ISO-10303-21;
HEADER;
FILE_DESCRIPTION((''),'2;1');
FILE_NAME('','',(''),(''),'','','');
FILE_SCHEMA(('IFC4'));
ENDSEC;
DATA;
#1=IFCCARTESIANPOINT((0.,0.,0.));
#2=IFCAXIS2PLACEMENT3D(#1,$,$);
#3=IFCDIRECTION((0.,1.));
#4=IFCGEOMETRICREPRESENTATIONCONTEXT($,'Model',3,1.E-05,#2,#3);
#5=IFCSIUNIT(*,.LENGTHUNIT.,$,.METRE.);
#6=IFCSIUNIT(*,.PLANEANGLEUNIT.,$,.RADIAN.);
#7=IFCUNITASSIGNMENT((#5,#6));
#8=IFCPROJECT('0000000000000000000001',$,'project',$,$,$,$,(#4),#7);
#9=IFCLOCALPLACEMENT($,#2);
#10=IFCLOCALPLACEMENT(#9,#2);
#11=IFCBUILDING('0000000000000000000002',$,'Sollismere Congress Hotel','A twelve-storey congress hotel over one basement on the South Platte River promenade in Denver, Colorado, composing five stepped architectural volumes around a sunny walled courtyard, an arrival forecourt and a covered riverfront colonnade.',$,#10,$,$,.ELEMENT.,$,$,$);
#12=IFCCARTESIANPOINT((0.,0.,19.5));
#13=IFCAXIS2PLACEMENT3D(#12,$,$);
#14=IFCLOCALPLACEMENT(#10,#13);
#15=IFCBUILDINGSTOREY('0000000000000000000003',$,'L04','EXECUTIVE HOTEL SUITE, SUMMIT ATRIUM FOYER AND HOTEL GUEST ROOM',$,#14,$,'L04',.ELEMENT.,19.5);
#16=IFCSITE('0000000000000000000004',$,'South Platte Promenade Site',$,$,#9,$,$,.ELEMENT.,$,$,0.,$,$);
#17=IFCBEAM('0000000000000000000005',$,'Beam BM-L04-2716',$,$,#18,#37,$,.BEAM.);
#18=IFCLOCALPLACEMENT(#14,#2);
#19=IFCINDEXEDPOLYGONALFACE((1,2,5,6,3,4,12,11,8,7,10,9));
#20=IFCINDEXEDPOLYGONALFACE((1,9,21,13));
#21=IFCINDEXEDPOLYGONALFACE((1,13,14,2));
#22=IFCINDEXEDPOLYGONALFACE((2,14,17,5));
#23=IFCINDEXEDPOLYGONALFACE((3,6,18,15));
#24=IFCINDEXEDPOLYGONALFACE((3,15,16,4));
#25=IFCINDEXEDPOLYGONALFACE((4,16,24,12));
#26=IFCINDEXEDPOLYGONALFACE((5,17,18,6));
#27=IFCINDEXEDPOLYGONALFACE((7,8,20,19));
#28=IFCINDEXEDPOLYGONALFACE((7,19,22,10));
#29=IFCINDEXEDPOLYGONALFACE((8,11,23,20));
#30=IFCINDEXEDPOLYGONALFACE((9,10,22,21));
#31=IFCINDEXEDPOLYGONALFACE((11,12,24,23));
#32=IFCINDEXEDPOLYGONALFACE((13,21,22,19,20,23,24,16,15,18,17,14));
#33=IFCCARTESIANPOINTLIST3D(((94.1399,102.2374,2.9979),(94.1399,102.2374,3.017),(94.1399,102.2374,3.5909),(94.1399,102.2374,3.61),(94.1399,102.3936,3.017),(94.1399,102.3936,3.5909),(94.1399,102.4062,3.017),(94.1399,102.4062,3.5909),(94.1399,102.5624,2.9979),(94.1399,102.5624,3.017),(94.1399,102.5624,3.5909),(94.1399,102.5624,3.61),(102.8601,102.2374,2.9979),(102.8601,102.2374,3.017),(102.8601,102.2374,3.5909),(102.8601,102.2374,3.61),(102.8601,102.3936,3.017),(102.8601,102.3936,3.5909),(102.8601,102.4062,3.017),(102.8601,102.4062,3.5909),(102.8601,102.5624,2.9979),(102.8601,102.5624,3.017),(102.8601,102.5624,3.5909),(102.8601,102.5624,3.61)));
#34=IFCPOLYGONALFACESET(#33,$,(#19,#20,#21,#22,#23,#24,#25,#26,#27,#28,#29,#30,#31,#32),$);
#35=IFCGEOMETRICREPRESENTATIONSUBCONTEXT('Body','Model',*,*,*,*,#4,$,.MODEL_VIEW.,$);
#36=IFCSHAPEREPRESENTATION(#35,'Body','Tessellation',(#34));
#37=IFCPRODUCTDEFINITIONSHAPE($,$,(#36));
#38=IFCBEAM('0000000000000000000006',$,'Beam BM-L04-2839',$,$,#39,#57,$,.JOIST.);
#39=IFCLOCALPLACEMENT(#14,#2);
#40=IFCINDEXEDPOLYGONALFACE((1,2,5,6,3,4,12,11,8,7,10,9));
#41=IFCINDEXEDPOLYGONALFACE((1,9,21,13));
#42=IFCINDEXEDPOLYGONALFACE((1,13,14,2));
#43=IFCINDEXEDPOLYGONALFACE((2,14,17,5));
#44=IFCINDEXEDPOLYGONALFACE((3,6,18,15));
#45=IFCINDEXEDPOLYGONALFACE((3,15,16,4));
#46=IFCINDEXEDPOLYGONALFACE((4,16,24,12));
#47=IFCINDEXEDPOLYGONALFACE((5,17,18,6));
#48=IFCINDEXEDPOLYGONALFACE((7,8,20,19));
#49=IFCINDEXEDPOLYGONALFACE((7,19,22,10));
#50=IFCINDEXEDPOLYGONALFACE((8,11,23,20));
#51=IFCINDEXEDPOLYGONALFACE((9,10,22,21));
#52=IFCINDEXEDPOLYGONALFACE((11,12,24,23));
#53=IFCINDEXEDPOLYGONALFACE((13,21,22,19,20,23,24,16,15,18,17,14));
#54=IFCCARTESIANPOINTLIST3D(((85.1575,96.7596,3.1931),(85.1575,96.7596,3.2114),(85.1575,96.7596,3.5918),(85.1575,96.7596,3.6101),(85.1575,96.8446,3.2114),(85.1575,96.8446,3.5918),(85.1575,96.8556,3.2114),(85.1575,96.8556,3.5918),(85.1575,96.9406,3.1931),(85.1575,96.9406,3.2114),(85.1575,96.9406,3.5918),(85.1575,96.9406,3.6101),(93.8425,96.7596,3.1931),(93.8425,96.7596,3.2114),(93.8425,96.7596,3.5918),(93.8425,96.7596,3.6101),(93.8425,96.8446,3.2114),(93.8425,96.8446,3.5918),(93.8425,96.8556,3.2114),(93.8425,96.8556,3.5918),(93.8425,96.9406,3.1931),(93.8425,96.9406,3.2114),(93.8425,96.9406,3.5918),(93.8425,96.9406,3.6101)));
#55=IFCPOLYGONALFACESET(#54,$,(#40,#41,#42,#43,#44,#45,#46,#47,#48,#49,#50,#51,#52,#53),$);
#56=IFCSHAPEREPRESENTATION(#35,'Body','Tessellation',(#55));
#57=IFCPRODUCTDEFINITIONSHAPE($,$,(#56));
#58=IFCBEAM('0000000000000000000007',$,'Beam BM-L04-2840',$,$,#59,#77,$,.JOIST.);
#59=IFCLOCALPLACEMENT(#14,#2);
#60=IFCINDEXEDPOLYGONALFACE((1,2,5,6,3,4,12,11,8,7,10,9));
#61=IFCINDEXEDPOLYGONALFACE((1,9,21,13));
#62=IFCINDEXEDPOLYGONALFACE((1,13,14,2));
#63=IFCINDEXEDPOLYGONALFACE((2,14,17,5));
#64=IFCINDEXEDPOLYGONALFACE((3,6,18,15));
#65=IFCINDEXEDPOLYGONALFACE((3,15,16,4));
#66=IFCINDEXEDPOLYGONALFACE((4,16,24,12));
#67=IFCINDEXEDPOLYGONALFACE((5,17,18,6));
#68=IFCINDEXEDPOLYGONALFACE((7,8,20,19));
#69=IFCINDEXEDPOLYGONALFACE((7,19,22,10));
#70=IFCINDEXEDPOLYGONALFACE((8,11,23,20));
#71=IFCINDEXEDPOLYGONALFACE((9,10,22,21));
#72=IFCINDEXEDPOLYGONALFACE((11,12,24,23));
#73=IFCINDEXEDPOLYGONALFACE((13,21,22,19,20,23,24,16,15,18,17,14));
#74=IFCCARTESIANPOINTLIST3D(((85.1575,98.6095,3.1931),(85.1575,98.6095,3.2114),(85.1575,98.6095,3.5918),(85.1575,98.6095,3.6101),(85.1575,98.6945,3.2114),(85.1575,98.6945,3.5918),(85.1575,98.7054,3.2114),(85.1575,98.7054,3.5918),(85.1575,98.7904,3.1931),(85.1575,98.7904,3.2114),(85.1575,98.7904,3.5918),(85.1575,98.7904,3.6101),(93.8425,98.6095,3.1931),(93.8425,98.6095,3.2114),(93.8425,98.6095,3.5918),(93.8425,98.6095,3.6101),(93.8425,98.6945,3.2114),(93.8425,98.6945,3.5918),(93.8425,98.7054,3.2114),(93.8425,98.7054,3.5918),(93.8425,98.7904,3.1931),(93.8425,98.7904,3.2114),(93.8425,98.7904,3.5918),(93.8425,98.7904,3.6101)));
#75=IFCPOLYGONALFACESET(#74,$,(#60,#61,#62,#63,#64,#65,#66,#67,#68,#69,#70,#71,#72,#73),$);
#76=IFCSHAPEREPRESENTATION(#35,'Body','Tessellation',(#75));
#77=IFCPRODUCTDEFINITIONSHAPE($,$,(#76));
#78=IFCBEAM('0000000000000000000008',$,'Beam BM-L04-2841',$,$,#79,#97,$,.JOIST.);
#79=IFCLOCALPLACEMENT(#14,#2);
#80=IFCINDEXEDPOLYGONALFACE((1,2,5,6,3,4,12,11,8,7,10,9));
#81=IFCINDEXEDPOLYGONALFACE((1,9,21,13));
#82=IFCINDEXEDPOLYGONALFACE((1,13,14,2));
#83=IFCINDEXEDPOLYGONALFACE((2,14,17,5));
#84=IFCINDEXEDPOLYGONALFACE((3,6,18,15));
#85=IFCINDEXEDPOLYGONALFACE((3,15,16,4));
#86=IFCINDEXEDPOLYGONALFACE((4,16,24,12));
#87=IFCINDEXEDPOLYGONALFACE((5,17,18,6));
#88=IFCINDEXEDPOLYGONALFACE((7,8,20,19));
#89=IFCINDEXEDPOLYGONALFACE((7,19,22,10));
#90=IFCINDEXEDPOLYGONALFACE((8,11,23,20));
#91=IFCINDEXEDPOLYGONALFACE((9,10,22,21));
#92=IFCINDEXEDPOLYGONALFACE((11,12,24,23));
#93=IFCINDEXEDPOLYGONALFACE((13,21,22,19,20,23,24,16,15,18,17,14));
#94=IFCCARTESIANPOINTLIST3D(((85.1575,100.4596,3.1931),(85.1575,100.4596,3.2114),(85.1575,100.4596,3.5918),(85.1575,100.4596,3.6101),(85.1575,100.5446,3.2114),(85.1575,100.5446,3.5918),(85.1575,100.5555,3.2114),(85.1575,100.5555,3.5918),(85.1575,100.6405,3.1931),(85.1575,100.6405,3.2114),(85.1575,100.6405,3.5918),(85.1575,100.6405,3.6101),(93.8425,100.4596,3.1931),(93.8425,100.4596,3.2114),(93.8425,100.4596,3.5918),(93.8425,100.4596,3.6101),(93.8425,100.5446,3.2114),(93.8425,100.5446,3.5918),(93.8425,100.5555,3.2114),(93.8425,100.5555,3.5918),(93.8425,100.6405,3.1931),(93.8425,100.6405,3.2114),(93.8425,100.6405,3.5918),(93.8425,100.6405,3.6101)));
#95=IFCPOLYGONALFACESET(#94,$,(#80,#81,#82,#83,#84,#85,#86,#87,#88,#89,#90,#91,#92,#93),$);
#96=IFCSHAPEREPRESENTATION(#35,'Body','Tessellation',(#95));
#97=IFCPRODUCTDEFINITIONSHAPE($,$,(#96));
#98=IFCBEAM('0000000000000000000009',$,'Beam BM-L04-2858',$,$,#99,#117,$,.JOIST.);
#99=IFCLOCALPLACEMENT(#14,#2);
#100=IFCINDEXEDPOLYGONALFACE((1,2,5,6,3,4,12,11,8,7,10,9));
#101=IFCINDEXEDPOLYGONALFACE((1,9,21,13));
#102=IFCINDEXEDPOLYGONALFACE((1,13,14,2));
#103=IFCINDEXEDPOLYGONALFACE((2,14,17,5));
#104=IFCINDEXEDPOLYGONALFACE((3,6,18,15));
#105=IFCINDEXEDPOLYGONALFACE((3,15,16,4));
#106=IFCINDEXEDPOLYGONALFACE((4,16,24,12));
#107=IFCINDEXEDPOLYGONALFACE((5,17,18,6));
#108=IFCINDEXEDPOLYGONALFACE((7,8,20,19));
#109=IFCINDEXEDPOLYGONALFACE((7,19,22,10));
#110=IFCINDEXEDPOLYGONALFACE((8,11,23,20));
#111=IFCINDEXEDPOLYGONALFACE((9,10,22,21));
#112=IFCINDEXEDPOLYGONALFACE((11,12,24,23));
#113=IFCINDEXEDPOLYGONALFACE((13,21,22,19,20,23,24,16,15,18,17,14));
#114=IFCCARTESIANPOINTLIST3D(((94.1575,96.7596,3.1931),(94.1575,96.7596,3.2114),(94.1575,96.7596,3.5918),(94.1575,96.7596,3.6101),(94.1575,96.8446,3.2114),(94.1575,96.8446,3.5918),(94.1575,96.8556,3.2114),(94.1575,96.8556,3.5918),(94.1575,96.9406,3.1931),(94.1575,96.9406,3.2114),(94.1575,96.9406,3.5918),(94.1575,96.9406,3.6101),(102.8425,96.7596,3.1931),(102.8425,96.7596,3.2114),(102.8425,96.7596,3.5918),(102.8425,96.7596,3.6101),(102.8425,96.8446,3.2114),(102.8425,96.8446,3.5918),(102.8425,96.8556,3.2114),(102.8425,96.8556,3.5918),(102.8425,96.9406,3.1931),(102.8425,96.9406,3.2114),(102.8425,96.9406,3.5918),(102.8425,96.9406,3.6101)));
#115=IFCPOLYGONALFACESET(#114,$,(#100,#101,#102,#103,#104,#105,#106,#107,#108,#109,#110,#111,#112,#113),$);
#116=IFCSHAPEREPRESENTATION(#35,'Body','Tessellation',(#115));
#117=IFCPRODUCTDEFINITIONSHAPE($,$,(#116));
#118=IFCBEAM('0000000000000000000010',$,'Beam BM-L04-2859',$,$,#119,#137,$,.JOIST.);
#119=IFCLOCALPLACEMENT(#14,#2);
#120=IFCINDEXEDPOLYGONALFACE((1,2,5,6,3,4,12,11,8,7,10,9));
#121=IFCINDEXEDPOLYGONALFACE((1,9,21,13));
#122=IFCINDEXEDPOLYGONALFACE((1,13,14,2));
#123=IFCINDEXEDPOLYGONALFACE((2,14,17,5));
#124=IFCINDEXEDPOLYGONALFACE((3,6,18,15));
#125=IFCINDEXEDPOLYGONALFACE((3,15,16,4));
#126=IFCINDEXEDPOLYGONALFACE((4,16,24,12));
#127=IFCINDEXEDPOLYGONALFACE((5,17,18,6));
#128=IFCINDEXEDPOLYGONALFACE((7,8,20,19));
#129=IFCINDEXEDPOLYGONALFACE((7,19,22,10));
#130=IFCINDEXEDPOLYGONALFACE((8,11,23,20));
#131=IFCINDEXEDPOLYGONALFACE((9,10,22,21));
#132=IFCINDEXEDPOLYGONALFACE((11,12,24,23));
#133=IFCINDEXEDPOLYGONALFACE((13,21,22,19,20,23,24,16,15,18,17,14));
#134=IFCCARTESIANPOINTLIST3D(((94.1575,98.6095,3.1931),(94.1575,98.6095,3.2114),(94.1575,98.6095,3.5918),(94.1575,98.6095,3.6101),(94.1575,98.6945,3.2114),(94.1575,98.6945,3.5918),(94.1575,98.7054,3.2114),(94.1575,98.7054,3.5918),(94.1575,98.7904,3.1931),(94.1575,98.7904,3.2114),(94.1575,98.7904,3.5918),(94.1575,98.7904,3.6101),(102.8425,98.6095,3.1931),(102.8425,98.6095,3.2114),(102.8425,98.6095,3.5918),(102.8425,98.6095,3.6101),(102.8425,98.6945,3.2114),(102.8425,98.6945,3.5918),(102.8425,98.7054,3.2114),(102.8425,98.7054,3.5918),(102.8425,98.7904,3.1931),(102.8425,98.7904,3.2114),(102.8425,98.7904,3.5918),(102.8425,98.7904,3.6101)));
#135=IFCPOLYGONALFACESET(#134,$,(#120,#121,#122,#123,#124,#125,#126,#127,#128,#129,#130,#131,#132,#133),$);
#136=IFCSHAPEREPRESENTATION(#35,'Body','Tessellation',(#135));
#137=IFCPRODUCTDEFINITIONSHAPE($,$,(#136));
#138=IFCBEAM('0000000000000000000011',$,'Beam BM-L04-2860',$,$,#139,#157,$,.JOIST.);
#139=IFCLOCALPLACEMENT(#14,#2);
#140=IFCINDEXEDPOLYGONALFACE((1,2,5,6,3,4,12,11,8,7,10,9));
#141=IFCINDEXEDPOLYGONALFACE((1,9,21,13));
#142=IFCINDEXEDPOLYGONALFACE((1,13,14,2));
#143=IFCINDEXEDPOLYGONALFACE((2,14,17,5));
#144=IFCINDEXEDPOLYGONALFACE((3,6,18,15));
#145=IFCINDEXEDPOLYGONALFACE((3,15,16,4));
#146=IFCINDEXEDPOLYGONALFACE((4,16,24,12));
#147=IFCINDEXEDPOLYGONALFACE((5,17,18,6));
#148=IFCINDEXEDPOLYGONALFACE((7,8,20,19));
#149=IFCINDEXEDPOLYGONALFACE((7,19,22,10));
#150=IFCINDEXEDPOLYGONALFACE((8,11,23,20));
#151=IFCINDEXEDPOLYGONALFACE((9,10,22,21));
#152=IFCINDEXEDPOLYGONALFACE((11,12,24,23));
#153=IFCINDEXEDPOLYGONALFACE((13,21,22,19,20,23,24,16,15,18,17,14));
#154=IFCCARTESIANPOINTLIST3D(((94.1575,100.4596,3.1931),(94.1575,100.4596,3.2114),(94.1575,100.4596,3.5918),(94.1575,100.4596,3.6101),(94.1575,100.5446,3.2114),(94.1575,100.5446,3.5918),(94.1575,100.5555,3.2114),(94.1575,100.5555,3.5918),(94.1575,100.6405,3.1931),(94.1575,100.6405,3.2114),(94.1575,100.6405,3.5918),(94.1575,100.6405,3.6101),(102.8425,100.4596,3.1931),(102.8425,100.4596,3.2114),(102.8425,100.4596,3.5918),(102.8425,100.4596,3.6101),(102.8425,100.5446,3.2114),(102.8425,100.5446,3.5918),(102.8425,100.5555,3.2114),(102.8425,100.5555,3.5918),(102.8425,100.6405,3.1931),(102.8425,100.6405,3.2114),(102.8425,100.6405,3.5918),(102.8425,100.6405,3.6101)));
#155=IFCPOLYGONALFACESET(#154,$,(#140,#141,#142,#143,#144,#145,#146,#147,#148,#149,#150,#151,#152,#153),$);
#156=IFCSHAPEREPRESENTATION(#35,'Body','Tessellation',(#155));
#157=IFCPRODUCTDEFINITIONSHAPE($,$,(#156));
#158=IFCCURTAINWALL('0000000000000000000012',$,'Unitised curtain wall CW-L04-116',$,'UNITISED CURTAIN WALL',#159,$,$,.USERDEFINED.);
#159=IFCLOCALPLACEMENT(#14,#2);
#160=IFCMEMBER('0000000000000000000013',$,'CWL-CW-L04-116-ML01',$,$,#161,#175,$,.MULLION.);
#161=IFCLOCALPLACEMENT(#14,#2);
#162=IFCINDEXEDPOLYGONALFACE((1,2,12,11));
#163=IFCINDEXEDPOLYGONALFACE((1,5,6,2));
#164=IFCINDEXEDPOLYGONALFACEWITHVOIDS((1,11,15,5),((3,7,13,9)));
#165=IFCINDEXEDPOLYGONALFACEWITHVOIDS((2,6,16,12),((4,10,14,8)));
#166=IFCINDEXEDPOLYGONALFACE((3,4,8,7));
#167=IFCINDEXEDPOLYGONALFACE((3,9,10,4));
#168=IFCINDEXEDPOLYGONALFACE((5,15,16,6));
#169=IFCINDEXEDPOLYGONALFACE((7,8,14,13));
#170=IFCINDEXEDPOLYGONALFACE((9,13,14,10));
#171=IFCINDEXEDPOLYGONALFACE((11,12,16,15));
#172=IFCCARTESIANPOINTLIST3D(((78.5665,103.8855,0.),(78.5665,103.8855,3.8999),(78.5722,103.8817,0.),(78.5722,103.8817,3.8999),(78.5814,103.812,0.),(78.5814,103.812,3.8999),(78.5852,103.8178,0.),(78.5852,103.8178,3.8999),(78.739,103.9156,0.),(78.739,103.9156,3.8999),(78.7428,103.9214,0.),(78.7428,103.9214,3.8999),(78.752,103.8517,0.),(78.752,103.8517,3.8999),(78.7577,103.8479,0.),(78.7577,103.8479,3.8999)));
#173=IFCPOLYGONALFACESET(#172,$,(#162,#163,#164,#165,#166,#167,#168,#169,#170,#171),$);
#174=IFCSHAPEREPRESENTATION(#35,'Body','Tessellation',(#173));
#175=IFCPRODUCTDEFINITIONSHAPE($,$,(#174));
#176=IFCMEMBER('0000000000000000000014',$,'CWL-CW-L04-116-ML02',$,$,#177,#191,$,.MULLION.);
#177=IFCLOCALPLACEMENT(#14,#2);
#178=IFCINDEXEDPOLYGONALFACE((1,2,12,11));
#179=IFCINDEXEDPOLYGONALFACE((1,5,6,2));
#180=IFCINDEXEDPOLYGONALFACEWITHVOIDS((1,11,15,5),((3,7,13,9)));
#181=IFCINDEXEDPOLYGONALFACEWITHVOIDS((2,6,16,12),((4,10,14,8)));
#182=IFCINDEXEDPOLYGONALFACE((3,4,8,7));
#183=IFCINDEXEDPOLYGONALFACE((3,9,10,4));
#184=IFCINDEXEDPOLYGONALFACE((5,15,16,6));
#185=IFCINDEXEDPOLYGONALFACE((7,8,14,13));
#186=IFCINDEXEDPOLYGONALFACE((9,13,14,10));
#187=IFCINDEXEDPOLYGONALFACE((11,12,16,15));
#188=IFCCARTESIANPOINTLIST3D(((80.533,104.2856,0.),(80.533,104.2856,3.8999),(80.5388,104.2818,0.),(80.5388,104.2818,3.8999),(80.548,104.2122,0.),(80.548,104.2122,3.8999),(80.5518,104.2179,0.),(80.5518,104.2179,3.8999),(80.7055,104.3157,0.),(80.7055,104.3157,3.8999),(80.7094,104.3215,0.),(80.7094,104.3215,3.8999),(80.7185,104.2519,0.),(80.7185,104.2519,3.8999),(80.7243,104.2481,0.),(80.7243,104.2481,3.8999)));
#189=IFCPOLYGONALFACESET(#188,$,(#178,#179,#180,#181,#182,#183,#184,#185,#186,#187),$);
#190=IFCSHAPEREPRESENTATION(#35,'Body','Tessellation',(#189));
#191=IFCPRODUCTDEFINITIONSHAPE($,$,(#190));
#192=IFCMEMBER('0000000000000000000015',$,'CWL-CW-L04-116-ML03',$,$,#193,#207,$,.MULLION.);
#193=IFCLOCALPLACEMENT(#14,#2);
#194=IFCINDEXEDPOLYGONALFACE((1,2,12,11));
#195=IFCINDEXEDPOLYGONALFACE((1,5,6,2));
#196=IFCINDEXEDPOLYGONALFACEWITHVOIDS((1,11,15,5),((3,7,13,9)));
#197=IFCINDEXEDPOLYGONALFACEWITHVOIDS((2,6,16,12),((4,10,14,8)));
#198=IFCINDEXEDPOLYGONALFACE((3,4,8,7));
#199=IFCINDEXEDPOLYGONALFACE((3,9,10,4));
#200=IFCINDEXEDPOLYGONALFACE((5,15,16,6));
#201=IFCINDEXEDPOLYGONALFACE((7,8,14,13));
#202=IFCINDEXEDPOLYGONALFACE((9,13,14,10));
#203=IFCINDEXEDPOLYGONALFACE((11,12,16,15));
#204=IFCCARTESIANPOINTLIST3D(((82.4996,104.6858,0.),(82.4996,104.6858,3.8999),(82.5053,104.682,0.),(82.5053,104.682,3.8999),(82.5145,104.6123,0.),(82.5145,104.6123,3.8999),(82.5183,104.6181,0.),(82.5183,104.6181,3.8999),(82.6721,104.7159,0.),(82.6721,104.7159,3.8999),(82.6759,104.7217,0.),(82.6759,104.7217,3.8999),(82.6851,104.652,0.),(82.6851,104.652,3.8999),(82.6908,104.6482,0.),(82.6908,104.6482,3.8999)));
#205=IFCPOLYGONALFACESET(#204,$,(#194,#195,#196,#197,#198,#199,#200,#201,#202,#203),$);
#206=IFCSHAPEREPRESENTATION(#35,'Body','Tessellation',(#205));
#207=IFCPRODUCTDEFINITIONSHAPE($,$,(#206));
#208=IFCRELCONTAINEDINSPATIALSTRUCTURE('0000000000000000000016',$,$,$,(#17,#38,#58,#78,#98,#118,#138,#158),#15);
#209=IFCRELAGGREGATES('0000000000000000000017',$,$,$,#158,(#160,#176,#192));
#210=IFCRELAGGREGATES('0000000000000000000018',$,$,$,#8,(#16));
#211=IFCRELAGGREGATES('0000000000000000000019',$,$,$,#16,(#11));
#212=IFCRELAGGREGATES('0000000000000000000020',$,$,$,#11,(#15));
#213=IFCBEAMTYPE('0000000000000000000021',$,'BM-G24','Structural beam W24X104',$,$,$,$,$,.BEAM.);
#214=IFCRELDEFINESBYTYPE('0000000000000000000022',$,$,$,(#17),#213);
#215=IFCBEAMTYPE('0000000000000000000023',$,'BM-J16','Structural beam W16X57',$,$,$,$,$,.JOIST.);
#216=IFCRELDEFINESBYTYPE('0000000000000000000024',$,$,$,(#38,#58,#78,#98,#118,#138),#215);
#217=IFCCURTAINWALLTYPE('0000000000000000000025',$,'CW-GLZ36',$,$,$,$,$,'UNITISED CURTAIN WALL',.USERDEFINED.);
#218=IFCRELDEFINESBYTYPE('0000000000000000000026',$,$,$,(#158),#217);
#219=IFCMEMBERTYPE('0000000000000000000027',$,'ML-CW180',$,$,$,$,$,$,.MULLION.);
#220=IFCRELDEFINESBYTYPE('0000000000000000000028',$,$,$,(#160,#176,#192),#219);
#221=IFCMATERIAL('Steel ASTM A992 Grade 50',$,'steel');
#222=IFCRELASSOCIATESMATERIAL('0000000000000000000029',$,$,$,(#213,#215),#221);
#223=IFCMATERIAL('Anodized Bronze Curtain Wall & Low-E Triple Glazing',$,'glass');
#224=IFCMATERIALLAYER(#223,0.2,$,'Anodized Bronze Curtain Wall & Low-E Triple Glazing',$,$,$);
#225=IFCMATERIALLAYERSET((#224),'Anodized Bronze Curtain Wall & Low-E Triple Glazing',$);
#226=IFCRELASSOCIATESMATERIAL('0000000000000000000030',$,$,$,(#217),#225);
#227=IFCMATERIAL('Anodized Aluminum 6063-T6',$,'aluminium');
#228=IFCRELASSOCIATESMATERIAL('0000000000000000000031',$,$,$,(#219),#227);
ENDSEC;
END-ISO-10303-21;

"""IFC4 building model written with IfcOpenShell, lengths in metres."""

from ifc_helpers import new_model, si_unit, direction, frame, origin, origin_2d, place, context, subcontext, project, spatial, hollow_rectangle, i_section, extrude, material, layer, layer_set, material_profile, profile_set, type_object, element, aggregate, save


model = new_model("IFC4")

# Units and contexts
model_context = context("Model", 3, precision=1e-05, world=origin(), true_north=direction((0.0, 1.0)))
body_context = subcontext(model_context, "Body", "Model", "MODEL_VIEW")
ifc_project = project(units=[si_unit("LENGTHUNIT", "METRE"), si_unit("PLANEANGLEUNIT", "RADIAN")], contexts=[model_context])

# Site, building, storey
site_placement = place(None, origin())
site = spatial("IfcSite", under=ifc_project, at=site_placement, Name="South Platte Promenade Site", CompositionType="ELEMENT", RefElevation=0.0)
building_placement = place(site_placement, origin())
building = spatial("IfcBuilding", under=site, at=building_placement, Name="Sollismere Congress Hotel", Description="A twelve-storey congress hotel over one basement on the South Platte River promenade in Denver, Colorado, composing five stepped architectural volumes around a sunny walled courtyard, an arrival forecourt and a covered riverfront colonnade.", CompositionType="ELEMENT")
storey_placement = place(building_placement, frame((0.0, 0.0, 19.5)))
storey = spatial("IfcBuildingStorey", under=building, at=storey_placement, Name="L04", Description="EXECUTIVE HOTEL SUITE, SUMMIT ATRIUM FOYER AND HOTEL GUEST ROOM", LongName="L04", CompositionType="ELEMENT", Elevation=19.5)

# Shared definitions
ifc_material_1 = material(Name="Steel ASTM A992 Grade 50", Category="steel")

# Beams
ifc_material_profile_1 = material_profile(ifc_material_1, i_section(OverallWidth=0.325, OverallDepth=0.6121, WebThickness=0.0127, FlangeThickness=0.019, at=origin_2d()), Name="W24X104")
ifc_profile_set_1 = profile_set([ifc_material_profile_1], Name="Steel ASTM A992 Grade 50")
beam_type_1 = type_object("IfcBeamType", Name="BM-G24", Description="Structural beam W24X104", PredefinedType="BEAM", material=ifc_profile_set_1)
for number, where, z_axis, x_axis, name in (
    (1, (94.1399, 102.3999, 3.304), (1.0, 0.0, 0.0), (0.0, 1.0, 0.0), "Beam BM-L04-2716"),
):
    element("IfcBeam", number, at=place(storey_placement, frame(where, z_axis=z_axis, x_axis=x_axis)), inside=storey, type_object=beam_type_1, Name=name, PredefinedType="BEAM", context=body_context, shape_type="SweptSolid", body=[
        extrude(i_section(OverallWidth=0.325, OverallDepth=0.6121, WebThickness=0.0127, FlangeThickness=0.019, at=origin_2d()), origin(), (0.0, 0.0, 1.0), 8.7202),
    ])
ifc_material_profile_2 = material_profile(ifc_material_1, i_section(OverallWidth=0.1809, OverallDepth=0.417, WebThickness=0.011, FlangeThickness=0.0183, at=origin_2d()), Name="W16X57")
ifc_profile_set_2 = profile_set([ifc_material_profile_2], Name="Steel ASTM A992 Grade 50")
beam_type_2 = type_object("IfcBeamType", Name="BM-J16", Description="Structural beam W16X57", PredefinedType="JOIST", material=ifc_profile_set_2)
for number, where, z_axis, x_axis, name in (
    (2, (85.1575, 96.8501, 3.4016), (1.0, 0.0, 0.0), (0.0, 1.0, 0.0), "Beam BM-L04-2839"),
    (3, (85.1575, 98.7, 3.4016), (1.0, 0.0, 0.0), (0.0, 1.0, 0.0), "Beam BM-L04-2840"),
    (4, (85.1575, 100.55, 3.4016), (1.0, 0.0, 0.0), (0.0, 1.0, 0.0), "Beam BM-L04-2841"),
    (5, (94.1575, 96.8501, 3.4016), (1.0, 0.0, 0.0), (0.0, 1.0, 0.0), "Beam BM-L04-2858"),
    (6, (94.1575, 98.7, 3.4016), (1.0, 0.0, 0.0), (0.0, 1.0, 0.0), "Beam BM-L04-2859"),
    (7, (94.1575, 100.55, 3.4016), (1.0, 0.0, 0.0), (0.0, 1.0, 0.0), "Beam BM-L04-2860"),
):
    element("IfcBeam", number, at=place(storey_placement, frame(where, z_axis=z_axis, x_axis=x_axis)), inside=storey, type_object=beam_type_2, Name=name, PredefinedType="JOIST", context=body_context, shape_type="SweptSolid", body=[
        extrude(i_section(OverallWidth=0.1809, OverallDepth=0.417, WebThickness=0.011, FlangeThickness=0.0183, at=origin_2d()), origin(), (0.0, 0.0, 1.0), 8.6851),
    ])

# Curtain wall, members
ifc_material_2 = material(Name="Anodized Bronze Curtain Wall & Low-E Triple Glazing", Category="glass")
ifc_layer_1 = layer(ifc_material_2, 0.2, Name="Anodized Bronze Curtain Wall & Low-E Triple Glazing")
ifc_layer_set_1 = layer_set([ifc_layer_1], Name="Anodized Bronze Curtain Wall & Low-E Triple Glazing")
curtain_wall_type = type_object("IfcCurtainWallType", Name="CW-GLZ36", ElementType="UNITISED CURTAIN WALL", PredefinedType="USERDEFINED", material=ifc_layer_set_1)
curtain_wall_1_placement = place(storey_placement, origin())
curtain_wall_1 = element("IfcCurtainWall", 8, at=curtain_wall_1_placement, inside=storey, type_object=curtain_wall_type, Name="Unitised curtain wall CW-L04-116", ObjectType="UNITISED CURTAIN WALL", PredefinedType="USERDEFINED")
ifc_material_3 = material(Name="Anodized Aluminum 6063-T6", Category="aluminium")
ifc_material_profile_3 = material_profile(ifc_material_3, hollow_rectangle(XDim=0.075, YDim=0.1799, WallThickness=0.0049, at=origin_2d()), Name="ALU180X75X5")
ifc_profile_set_3 = profile_set([ifc_material_profile_3], Name="Anodized Aluminum 6063-T6")
member_type_1 = type_object("IfcMemberType", Name="ML-CW180", PredefinedType="MULLION", material=ifc_profile_set_3)
member_1_placement = place(storey_placement, frame((78.6621, 103.8667, 0.0), z_axis=(0.0, 0.0, 1.0), x_axis=(-0.199368, 0.979925, 0.0)))
member_1 = element("IfcMember", 9, at=member_1_placement, type_object=member_type_1, Name="CWL-CW-L04-116-ML01", PredefinedType="MULLION", context=body_context, shape_type="SweptSolid", body=[
    extrude(hollow_rectangle(XDim=0.075, YDim=0.1799, WallThickness=0.0049, at=origin_2d()), origin(), (0.0, 0.0, 1.0), 3.8999),
])
member_2_placement = place(storey_placement, frame((80.6287, 104.2668, 0.0), z_axis=(0.0, 0.0, 1.0), x_axis=(-0.199368, 0.979925, 0.0)))
member_2 = element("IfcMember", 10, at=member_2_placement, type_object=member_type_1, Name="CWL-CW-L04-116-ML02", PredefinedType="MULLION", context=body_context, shape_type="SweptSolid", body=[
    extrude(hollow_rectangle(XDim=0.075, YDim=0.1799, WallThickness=0.0049, at=origin_2d()), origin(), (0.0, 0.0, 1.0), 3.8999),
])
member_3_placement = place(storey_placement, frame((82.5952, 104.667, 0.0), z_axis=(0.0, 0.0, 1.0), x_axis=(-0.199368, 0.979925, 0.0)))
member_3 = element("IfcMember", 11, at=member_3_placement, type_object=member_type_1, Name="CWL-CW-L04-116-ML03", PredefinedType="MULLION", context=body_context, shape_type="SweptSolid", body=[
    extrude(hollow_rectangle(XDim=0.075, YDim=0.1799, WallThickness=0.0049, at=origin_2d()), origin(), (0.0, 0.0, 1.0), 3.8999),
])

aggregate(curtain_wall_1, [member_1, member_2, member_3])

save(model, "model.ifc")
